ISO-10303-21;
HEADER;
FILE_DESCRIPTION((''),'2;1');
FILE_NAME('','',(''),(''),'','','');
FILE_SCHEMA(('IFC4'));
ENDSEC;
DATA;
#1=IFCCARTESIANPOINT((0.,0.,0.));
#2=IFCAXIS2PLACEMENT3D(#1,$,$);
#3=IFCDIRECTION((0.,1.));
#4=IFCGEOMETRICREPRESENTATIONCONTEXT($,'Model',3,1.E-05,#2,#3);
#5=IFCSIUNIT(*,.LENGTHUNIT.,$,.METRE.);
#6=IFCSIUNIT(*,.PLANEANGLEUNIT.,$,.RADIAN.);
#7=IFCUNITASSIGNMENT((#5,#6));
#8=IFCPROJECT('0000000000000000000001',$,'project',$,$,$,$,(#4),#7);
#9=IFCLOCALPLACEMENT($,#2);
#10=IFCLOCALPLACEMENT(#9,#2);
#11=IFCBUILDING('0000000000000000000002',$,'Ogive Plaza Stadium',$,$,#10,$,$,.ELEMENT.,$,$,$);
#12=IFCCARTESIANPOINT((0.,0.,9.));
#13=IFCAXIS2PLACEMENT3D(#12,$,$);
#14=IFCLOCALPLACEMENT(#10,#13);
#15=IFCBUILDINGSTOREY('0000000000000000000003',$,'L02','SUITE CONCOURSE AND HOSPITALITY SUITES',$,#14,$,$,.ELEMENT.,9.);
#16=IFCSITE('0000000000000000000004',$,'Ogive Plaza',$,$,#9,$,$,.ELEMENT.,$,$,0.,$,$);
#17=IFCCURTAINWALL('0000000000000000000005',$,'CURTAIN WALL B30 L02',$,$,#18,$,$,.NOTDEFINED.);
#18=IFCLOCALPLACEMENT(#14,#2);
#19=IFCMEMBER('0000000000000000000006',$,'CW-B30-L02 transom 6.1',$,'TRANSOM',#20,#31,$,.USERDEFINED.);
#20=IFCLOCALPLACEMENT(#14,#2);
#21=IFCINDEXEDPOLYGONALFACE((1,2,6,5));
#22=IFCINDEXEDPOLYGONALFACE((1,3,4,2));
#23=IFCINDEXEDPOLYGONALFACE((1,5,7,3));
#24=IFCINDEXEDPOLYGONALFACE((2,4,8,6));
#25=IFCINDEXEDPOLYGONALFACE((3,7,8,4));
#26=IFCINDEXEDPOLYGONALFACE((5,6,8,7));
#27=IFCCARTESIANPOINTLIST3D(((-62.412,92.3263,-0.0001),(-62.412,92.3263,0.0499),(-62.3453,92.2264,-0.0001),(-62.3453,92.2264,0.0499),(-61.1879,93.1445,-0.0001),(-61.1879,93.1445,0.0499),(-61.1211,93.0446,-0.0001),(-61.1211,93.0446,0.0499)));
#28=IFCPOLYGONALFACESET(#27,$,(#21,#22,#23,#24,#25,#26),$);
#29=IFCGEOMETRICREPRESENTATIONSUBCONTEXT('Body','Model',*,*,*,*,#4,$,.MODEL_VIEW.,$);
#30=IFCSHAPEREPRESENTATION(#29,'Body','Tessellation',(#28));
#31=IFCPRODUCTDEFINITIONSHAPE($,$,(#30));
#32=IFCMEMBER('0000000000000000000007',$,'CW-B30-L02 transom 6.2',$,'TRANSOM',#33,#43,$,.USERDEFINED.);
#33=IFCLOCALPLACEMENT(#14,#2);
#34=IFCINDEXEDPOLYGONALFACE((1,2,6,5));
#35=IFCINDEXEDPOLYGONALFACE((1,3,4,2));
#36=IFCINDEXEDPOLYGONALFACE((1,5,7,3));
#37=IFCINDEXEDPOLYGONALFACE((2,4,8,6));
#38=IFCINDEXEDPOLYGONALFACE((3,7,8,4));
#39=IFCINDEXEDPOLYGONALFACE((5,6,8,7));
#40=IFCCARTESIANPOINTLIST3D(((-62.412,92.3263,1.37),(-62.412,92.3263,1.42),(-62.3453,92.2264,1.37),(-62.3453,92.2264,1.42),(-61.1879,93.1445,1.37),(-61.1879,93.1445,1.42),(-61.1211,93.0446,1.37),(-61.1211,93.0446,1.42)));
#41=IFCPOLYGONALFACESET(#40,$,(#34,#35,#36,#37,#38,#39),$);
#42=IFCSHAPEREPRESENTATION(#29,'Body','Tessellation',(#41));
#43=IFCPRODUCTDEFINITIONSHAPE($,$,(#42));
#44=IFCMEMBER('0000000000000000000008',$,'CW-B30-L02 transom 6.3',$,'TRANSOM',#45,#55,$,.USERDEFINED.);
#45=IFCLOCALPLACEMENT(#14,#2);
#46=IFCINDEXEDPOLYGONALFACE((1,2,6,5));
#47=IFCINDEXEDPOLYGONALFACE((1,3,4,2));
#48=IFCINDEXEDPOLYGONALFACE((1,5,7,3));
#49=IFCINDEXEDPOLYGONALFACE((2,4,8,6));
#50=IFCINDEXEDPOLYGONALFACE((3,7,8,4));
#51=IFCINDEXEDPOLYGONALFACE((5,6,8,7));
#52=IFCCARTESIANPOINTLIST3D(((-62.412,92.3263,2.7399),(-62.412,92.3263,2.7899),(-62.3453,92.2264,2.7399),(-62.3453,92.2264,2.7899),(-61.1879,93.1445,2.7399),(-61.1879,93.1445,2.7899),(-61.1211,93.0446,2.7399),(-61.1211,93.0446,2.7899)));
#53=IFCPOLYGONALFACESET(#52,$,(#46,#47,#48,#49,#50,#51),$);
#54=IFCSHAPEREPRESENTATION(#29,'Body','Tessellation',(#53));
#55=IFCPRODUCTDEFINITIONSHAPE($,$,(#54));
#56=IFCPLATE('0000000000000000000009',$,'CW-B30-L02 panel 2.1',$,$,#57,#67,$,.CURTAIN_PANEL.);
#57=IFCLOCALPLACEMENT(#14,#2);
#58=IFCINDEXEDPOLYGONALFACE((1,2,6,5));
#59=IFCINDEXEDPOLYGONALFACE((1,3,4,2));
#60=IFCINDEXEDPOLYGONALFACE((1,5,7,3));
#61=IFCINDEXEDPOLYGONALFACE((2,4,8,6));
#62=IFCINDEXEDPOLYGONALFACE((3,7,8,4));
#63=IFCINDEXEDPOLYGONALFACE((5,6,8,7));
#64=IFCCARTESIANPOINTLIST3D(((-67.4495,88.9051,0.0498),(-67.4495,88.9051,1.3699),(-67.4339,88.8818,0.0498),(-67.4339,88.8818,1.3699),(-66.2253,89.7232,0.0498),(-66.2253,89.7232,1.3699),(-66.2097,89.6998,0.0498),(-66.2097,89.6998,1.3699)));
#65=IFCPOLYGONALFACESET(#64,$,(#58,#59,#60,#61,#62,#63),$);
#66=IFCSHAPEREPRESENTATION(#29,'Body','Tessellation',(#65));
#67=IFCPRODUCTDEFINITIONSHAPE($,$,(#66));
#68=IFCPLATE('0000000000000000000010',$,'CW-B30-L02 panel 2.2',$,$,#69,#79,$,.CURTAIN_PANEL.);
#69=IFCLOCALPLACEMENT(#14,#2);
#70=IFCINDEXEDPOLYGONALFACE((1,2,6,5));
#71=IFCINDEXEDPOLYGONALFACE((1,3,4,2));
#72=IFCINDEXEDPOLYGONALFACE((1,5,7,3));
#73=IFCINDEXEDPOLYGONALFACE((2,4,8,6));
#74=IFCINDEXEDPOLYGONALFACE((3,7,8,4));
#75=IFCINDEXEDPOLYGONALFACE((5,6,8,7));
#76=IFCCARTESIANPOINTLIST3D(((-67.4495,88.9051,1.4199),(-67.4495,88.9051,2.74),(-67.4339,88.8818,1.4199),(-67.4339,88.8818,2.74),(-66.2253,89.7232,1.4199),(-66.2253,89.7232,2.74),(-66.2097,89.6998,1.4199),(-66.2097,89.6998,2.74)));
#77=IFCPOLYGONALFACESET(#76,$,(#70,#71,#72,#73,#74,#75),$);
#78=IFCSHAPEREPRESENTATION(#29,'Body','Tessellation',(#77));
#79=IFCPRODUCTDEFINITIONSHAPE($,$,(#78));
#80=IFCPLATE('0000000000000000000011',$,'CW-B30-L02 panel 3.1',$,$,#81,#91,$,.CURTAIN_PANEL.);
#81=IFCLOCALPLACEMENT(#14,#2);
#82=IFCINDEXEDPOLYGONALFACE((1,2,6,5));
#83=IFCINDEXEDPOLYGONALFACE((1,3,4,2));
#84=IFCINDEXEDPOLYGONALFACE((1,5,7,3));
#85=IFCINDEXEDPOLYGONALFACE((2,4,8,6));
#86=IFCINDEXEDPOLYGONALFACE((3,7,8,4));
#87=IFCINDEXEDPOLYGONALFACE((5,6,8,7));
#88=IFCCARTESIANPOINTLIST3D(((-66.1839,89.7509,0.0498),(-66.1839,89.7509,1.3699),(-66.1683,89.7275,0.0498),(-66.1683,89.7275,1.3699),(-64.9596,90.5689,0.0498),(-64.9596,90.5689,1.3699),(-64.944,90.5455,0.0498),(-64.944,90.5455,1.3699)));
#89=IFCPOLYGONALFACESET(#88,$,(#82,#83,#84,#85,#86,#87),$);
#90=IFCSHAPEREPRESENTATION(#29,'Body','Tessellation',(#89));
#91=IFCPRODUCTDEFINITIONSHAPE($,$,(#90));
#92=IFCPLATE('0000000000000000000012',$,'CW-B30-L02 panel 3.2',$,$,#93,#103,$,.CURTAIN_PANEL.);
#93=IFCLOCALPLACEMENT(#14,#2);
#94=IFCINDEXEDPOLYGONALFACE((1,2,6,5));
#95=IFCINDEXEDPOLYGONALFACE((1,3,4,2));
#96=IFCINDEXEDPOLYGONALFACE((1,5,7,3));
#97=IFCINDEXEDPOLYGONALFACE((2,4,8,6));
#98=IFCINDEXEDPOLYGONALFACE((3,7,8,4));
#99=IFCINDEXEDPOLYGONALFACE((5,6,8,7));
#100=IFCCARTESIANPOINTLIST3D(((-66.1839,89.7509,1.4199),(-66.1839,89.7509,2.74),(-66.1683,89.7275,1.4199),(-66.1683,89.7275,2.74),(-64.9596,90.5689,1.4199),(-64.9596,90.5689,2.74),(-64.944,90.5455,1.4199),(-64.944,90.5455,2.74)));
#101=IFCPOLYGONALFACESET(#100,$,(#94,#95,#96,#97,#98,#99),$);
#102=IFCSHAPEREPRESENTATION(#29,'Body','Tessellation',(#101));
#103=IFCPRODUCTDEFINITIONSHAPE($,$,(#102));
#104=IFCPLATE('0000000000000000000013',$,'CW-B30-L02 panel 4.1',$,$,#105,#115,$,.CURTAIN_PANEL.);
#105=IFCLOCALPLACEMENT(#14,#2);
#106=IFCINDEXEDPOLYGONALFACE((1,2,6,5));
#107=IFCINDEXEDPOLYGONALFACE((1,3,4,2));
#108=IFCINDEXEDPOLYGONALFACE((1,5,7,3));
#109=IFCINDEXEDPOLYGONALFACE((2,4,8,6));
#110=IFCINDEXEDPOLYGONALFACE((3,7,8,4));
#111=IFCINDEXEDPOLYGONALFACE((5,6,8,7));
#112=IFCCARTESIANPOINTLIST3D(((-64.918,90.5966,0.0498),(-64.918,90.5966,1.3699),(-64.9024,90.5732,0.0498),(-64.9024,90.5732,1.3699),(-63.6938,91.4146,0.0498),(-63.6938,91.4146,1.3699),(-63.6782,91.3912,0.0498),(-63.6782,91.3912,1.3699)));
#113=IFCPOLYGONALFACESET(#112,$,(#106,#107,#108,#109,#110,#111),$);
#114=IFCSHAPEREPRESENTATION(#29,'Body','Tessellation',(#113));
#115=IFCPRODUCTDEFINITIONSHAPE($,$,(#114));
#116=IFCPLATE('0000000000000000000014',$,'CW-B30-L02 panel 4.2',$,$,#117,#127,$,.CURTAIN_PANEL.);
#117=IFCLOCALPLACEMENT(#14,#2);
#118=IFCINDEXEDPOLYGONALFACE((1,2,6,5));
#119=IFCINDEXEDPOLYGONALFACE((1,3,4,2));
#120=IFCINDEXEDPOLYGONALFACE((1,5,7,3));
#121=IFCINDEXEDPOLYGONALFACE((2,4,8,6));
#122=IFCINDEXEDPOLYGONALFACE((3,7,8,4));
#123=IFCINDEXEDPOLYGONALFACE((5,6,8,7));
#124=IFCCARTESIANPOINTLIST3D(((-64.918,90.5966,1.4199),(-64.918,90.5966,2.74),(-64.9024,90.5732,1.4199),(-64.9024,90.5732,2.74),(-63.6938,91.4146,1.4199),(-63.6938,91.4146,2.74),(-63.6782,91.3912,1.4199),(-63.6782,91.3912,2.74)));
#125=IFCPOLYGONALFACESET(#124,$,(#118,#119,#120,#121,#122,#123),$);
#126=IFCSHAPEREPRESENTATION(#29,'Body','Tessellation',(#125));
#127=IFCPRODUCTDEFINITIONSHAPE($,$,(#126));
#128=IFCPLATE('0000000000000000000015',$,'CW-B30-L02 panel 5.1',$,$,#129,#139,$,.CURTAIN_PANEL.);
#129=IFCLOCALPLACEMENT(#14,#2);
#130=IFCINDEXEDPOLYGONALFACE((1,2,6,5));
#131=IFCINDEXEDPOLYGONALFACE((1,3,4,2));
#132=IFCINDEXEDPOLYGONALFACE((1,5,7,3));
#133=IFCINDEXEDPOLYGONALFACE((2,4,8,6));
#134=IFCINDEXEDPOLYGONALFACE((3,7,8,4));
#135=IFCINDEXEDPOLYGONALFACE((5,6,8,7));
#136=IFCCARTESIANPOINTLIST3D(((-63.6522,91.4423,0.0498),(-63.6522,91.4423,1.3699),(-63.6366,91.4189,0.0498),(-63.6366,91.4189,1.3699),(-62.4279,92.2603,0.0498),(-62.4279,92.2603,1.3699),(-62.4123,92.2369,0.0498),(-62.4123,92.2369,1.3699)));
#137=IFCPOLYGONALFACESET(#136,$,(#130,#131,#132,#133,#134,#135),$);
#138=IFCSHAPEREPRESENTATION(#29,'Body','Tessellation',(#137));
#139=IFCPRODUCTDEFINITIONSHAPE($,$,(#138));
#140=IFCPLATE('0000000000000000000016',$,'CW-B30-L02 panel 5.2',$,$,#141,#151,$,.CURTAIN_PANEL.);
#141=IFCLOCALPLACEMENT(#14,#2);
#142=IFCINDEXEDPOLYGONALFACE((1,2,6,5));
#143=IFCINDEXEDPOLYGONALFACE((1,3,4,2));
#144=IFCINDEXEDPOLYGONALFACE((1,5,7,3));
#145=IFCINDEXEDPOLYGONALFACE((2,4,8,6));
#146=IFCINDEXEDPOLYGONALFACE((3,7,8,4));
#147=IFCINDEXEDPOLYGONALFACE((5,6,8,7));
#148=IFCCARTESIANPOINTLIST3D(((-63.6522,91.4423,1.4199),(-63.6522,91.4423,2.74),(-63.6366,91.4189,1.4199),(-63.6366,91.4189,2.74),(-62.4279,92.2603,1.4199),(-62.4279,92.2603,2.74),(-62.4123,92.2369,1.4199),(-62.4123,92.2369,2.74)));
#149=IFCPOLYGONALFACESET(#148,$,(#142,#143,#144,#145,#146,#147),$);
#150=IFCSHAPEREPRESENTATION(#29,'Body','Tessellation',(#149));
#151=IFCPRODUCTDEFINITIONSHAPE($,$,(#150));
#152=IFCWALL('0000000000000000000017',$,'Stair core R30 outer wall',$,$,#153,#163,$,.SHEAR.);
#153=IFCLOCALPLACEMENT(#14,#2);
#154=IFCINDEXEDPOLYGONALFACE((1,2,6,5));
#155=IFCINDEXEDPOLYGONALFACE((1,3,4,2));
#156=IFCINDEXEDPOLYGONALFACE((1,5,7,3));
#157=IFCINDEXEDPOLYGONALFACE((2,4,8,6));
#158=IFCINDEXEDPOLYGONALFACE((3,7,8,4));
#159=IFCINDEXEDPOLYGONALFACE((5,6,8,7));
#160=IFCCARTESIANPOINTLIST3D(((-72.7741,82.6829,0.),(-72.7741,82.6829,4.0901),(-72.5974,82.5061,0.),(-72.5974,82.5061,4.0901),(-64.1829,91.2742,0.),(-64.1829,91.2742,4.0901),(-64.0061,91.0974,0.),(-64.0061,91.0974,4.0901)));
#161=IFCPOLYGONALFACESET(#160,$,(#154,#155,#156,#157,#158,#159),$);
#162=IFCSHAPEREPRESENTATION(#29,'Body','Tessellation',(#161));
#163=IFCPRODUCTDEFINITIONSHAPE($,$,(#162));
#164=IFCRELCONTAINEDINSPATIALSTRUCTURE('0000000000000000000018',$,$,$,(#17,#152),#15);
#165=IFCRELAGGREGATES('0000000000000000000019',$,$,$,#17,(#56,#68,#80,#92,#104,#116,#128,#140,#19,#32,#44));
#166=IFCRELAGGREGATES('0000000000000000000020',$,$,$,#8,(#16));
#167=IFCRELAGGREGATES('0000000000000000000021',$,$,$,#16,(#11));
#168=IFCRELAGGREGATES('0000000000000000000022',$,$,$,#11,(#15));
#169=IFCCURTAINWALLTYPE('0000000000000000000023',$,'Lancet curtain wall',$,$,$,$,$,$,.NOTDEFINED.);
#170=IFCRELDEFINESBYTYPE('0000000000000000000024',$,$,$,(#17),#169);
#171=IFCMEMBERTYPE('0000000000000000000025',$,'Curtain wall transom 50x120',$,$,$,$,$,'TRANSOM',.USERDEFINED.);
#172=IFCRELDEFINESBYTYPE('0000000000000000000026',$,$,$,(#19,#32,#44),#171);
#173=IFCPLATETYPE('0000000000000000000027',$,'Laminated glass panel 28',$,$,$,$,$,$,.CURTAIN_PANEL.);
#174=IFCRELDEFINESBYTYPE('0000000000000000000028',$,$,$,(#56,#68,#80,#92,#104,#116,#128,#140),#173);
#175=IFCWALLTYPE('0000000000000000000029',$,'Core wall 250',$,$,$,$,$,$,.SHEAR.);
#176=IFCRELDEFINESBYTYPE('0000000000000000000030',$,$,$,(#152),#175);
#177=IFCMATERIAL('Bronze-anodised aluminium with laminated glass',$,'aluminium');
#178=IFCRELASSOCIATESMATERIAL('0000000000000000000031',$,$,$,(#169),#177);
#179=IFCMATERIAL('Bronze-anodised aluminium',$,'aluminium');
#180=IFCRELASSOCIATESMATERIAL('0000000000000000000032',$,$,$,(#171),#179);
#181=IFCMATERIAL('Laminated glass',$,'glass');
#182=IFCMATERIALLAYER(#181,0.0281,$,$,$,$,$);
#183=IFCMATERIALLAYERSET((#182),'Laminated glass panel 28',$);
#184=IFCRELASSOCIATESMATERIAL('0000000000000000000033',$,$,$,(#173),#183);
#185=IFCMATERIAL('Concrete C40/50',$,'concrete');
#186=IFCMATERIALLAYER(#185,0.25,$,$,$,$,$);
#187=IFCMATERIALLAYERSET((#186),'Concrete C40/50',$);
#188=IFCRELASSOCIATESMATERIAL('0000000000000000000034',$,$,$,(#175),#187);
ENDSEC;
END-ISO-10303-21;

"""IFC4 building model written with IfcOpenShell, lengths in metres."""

from ifc_helpers import new_model, si_unit, direction, frame, frame_2d, origin, origin_2d, place, context, subcontext, project, spatial, rectangle, extrude, material, layer, layer_set, material_profile, profile_set, type_object, element, aggregate, save


model = new_model("IFC4")

# Units and contexts
model_context = context("Model", 3, precision=1e-05, world=origin(), true_north=direction((0.0, 1.0)))
body_context = subcontext(model_context, "Body", "Model", "MODEL_VIEW")
ifc_project = project(units=[si_unit("LENGTHUNIT", "METRE"), si_unit("PLANEANGLEUNIT", "RADIAN")], contexts=[model_context])

# Site, building, storey
site_placement = place(None, origin())
site = spatial("IfcSite", under=ifc_project, at=site_placement, Name="Ogive Plaza", CompositionType="ELEMENT", RefElevation=0.0)
building_placement = place(site_placement, origin())
building = spatial("IfcBuilding", under=site, at=building_placement, Name="Ogive Plaza Stadium", CompositionType="ELEMENT")
storey_placement = place(building_placement, frame((0.0, 0.0, 9.0)))
storey = spatial("IfcBuildingStorey", under=building, at=storey_placement, Name="L02", Description="SUITE CONCOURSE AND HOSPITALITY SUITES", CompositionType="ELEMENT", Elevation=9.0)

# Curtain wall, members, plates
ifc_material_1 = material(Name="Bronze-anodised aluminium with laminated glass", Category="aluminium")
curtain_wall_type = type_object("IfcCurtainWallType", Name="Lancet curtain wall", PredefinedType="NOTDEFINED", material=ifc_material_1)
curtain_wall_placement = place(storey_placement, origin())
curtain_wall = element("IfcCurtainWall", 1, at=curtain_wall_placement, inside=storey, type_object=curtain_wall_type, Name="CURTAIN WALL B30 L02", PredefinedType="NOTDEFINED")
ifc_material_2 = material(Name="Bronze-anodised aluminium", Category="aluminium")
ifc_material_profile_1 = material_profile(ifc_material_2, rectangle(XDim=0.1201, YDim=0.05, at=origin_2d()), Name="AL 120x50")
ifc_profile_set_1 = profile_set([ifc_material_profile_1], Name="Bronze-anodised aluminium")
member_type_1 = type_object("IfcMemberType", Name="Curtain wall transom 50x120", ElementType="TRANSOM", PredefinedType="USERDEFINED", material=ifc_profile_set_1)
member_1_placement = place(storey_placement, frame((-62.3787, 92.2764, 0.0249), z_axis=(0.831412, 0.555656, 0.0), x_axis=(-0.555656, 0.831412, 0.0)))
member_1 = element("IfcMember", 2, at=member_1_placement, type_object=member_type_1, Name="CW-B30-L02 transom 6.1", ObjectType="TRANSOM", PredefinedType="USERDEFINED", context=body_context, shape_type="SweptSolid", body=[
    extrude(rectangle(XDim=0.1201, YDim=0.05, at=origin_2d()), origin(), (0.0, 0.0, 1.0), 1.4724),
])
member_2_placement = place(storey_placement, frame((-62.3787, 92.2764, 1.395), z_axis=(0.831412, 0.555656, 0.0), x_axis=(-0.555656, 0.831412, 0.0)))
member_2 = element("IfcMember", 3, at=member_2_placement, type_object=member_type_1, Name="CW-B30-L02 transom 6.2", ObjectType="TRANSOM", PredefinedType="USERDEFINED", context=body_context, shape_type="SweptSolid", body=[
    extrude(rectangle(XDim=0.1201, YDim=0.05, at=origin_2d()), origin(), (0.0, 0.0, 1.0), 1.4724),
])
member_3_placement = place(storey_placement, frame((-62.3787, 92.2764, 2.7649), z_axis=(0.831412, 0.555656, 0.0), x_axis=(-0.555656, 0.831412, 0.0)))
member_3 = element("IfcMember", 4, at=member_3_placement, type_object=member_type_1, Name="CW-B30-L02 transom 6.3", ObjectType="TRANSOM", PredefinedType="USERDEFINED", context=body_context, shape_type="SweptSolid", body=[
    extrude(rectangle(XDim=0.1201, YDim=0.05, at=origin_2d()), origin(), (0.0, 0.0, 1.0), 1.4724),
])
ifc_material_3 = material(Name="Laminated glass", Category="glass")
ifc_layer_1 = layer(ifc_material_3, 0.0281)
ifc_layer_set_1 = layer_set([ifc_layer_1], Name="Laminated glass panel 28")
plate_type = type_object("IfcPlateType", Name="Laminated glass panel 28", PredefinedType="CURTAIN_PANEL", material=ifc_layer_set_1)
plate_1_placement = place(storey_placement, frame((-66.8296, 89.3025, 0.0498), z_axis=(0.0, 0.0, 1.0), x_axis=(0.83147, 0.55557, 0.0)))
plate_1 = element("IfcPlate", 5, at=plate_1_placement, type_object=plate_type, Name="CW-B30-L02 panel 2.1", PredefinedType="CURTAIN_PANEL", context=body_context, shape_type="SweptSolid", body=[
    extrude(rectangle(XDim=1.4724, YDim=0.0281, at=origin_2d()), origin(), (0.0, 0.0, 1.0), 1.3201),
])
plate_2_placement = place(storey_placement, frame((-66.8296, 89.3025, 1.4199), z_axis=(0.0, 0.0, 1.0), x_axis=(0.83147, 0.55557, 0.0)))
plate_2 = element("IfcPlate", 6, at=plate_2_placement, type_object=plate_type, Name="CW-B30-L02 panel 2.2", PredefinedType="CURTAIN_PANEL", context=body_context, shape_type="SweptSolid", body=[
    extrude(rectangle(XDim=1.4724, YDim=0.0281, at=origin_2d()), origin(), (0.0, 0.0, 1.0), 1.3201),
])
plate_3_placement = place(storey_placement, frame((-65.564, 90.1482, 0.0498), z_axis=(0.0, 0.0, 1.0), x_axis=(0.83147, 0.55557, 0.0)))
plate_3 = element("IfcPlate", 7, at=plate_3_placement, type_object=plate_type, Name="CW-B30-L02 panel 3.1", PredefinedType="CURTAIN_PANEL", context=body_context, shape_type="SweptSolid", body=[
    extrude(rectangle(XDim=1.4724, YDim=0.0281, at=origin_2d()), origin(), (0.0, 0.0, 1.0), 1.3201),
])
plate_4_placement = place(storey_placement, frame((-65.564, 90.1482, 1.4199), z_axis=(0.0, 0.0, 1.0), x_axis=(0.83147, 0.55557, 0.0)))
plate_4 = element("IfcPlate", 8, at=plate_4_placement, type_object=plate_type, Name="CW-B30-L02 panel 3.2", PredefinedType="CURTAIN_PANEL", context=body_context, shape_type="SweptSolid", body=[
    extrude(rectangle(XDim=1.4724, YDim=0.0281, at=origin_2d()), origin(), (0.0, 0.0, 1.0), 1.3201),
])
plate_5_placement = place(storey_placement, frame((-64.2981, 90.9939, 0.0498), z_axis=(0.0, 0.0, 1.0), x_axis=(0.83147, 0.55557, 0.0)))
plate_5 = element("IfcPlate", 9, at=plate_5_placement, type_object=plate_type, Name="CW-B30-L02 panel 4.1", PredefinedType="CURTAIN_PANEL", context=body_context, shape_type="SweptSolid", body=[
    extrude(rectangle(XDim=1.4724, YDim=0.0281, at=origin_2d()), origin(), (0.0, 0.0, 1.0), 1.3201),
])
plate_6_placement = place(storey_placement, frame((-64.2981, 90.9939, 1.4199), z_axis=(0.0, 0.0, 1.0), x_axis=(0.83147, 0.55557, 0.0)))
plate_6 = element("IfcPlate", 10, at=plate_6_placement, type_object=plate_type, Name="CW-B30-L02 panel 4.2", PredefinedType="CURTAIN_PANEL", context=body_context, shape_type="SweptSolid", body=[
    extrude(rectangle(XDim=1.4724, YDim=0.0281, at=origin_2d()), origin(), (0.0, 0.0, 1.0), 1.3201),
])
plate_7_placement = place(storey_placement, frame((-63.0322, 91.8396, 0.0498), z_axis=(0.0, 0.0, 1.0), x_axis=(0.83147, 0.55557, 0.0)))
plate_7 = element("IfcPlate", 11, at=plate_7_placement, type_object=plate_type, Name="CW-B30-L02 panel 5.1", PredefinedType="CURTAIN_PANEL", context=body_context, shape_type="SweptSolid", body=[
    extrude(rectangle(XDim=1.4724, YDim=0.0281, at=origin_2d()), origin(), (0.0, 0.0, 1.0), 1.3201),
])
plate_8_placement = place(storey_placement, frame((-63.0322, 91.8396, 1.4199), z_axis=(0.0, 0.0, 1.0), x_axis=(0.83147, 0.55557, 0.0)))
plate_8 = element("IfcPlate", 12, at=plate_8_placement, type_object=plate_type, Name="CW-B30-L02 panel 5.2", PredefinedType="CURTAIN_PANEL", context=body_context, shape_type="SweptSolid", body=[
    extrude(rectangle(XDim=1.4724, YDim=0.0281, at=origin_2d()), origin(), (0.0, 0.0, 1.0), 1.3201),
])
aggregate(curtain_wall, [plate_1, plate_2, plate_3, plate_4, plate_5, plate_6, plate_7, plate_8, member_1, member_2, member_3])

# Wall
ifc_material_4 = material(Name="Concrete C40/50", Category="concrete")
ifc_layer_2 = layer(ifc_material_4, 0.25)
ifc_layer_set_2 = layer_set([ifc_layer_2], Name="Concrete C40/50")
wall_type = type_object("IfcWallType", Name="Core wall 250", PredefinedType="SHEAR", material=ifc_layer_set_2)
wall_placement = place(storey_placement, frame((-64.0945, 91.1858, 0.0), z_axis=(0.0, 0.0, 1.0), x_axis=(-0.707107, -0.707107, 0.0)))
element("IfcWall", 13, at=wall_placement, inside=storey, type_object=wall_type, Name="Stair core R30 outer wall", PredefinedType="SHEAR", context=body_context, shape_type="SweptSolid", body=[
    extrude(rectangle(XDim=12.1499, YDim=0.25, at=frame_2d((6.075, 0.0))), origin(), (0.0, 0.0, 1.0), 4.0901),
])

save(model, "model.ifc")
